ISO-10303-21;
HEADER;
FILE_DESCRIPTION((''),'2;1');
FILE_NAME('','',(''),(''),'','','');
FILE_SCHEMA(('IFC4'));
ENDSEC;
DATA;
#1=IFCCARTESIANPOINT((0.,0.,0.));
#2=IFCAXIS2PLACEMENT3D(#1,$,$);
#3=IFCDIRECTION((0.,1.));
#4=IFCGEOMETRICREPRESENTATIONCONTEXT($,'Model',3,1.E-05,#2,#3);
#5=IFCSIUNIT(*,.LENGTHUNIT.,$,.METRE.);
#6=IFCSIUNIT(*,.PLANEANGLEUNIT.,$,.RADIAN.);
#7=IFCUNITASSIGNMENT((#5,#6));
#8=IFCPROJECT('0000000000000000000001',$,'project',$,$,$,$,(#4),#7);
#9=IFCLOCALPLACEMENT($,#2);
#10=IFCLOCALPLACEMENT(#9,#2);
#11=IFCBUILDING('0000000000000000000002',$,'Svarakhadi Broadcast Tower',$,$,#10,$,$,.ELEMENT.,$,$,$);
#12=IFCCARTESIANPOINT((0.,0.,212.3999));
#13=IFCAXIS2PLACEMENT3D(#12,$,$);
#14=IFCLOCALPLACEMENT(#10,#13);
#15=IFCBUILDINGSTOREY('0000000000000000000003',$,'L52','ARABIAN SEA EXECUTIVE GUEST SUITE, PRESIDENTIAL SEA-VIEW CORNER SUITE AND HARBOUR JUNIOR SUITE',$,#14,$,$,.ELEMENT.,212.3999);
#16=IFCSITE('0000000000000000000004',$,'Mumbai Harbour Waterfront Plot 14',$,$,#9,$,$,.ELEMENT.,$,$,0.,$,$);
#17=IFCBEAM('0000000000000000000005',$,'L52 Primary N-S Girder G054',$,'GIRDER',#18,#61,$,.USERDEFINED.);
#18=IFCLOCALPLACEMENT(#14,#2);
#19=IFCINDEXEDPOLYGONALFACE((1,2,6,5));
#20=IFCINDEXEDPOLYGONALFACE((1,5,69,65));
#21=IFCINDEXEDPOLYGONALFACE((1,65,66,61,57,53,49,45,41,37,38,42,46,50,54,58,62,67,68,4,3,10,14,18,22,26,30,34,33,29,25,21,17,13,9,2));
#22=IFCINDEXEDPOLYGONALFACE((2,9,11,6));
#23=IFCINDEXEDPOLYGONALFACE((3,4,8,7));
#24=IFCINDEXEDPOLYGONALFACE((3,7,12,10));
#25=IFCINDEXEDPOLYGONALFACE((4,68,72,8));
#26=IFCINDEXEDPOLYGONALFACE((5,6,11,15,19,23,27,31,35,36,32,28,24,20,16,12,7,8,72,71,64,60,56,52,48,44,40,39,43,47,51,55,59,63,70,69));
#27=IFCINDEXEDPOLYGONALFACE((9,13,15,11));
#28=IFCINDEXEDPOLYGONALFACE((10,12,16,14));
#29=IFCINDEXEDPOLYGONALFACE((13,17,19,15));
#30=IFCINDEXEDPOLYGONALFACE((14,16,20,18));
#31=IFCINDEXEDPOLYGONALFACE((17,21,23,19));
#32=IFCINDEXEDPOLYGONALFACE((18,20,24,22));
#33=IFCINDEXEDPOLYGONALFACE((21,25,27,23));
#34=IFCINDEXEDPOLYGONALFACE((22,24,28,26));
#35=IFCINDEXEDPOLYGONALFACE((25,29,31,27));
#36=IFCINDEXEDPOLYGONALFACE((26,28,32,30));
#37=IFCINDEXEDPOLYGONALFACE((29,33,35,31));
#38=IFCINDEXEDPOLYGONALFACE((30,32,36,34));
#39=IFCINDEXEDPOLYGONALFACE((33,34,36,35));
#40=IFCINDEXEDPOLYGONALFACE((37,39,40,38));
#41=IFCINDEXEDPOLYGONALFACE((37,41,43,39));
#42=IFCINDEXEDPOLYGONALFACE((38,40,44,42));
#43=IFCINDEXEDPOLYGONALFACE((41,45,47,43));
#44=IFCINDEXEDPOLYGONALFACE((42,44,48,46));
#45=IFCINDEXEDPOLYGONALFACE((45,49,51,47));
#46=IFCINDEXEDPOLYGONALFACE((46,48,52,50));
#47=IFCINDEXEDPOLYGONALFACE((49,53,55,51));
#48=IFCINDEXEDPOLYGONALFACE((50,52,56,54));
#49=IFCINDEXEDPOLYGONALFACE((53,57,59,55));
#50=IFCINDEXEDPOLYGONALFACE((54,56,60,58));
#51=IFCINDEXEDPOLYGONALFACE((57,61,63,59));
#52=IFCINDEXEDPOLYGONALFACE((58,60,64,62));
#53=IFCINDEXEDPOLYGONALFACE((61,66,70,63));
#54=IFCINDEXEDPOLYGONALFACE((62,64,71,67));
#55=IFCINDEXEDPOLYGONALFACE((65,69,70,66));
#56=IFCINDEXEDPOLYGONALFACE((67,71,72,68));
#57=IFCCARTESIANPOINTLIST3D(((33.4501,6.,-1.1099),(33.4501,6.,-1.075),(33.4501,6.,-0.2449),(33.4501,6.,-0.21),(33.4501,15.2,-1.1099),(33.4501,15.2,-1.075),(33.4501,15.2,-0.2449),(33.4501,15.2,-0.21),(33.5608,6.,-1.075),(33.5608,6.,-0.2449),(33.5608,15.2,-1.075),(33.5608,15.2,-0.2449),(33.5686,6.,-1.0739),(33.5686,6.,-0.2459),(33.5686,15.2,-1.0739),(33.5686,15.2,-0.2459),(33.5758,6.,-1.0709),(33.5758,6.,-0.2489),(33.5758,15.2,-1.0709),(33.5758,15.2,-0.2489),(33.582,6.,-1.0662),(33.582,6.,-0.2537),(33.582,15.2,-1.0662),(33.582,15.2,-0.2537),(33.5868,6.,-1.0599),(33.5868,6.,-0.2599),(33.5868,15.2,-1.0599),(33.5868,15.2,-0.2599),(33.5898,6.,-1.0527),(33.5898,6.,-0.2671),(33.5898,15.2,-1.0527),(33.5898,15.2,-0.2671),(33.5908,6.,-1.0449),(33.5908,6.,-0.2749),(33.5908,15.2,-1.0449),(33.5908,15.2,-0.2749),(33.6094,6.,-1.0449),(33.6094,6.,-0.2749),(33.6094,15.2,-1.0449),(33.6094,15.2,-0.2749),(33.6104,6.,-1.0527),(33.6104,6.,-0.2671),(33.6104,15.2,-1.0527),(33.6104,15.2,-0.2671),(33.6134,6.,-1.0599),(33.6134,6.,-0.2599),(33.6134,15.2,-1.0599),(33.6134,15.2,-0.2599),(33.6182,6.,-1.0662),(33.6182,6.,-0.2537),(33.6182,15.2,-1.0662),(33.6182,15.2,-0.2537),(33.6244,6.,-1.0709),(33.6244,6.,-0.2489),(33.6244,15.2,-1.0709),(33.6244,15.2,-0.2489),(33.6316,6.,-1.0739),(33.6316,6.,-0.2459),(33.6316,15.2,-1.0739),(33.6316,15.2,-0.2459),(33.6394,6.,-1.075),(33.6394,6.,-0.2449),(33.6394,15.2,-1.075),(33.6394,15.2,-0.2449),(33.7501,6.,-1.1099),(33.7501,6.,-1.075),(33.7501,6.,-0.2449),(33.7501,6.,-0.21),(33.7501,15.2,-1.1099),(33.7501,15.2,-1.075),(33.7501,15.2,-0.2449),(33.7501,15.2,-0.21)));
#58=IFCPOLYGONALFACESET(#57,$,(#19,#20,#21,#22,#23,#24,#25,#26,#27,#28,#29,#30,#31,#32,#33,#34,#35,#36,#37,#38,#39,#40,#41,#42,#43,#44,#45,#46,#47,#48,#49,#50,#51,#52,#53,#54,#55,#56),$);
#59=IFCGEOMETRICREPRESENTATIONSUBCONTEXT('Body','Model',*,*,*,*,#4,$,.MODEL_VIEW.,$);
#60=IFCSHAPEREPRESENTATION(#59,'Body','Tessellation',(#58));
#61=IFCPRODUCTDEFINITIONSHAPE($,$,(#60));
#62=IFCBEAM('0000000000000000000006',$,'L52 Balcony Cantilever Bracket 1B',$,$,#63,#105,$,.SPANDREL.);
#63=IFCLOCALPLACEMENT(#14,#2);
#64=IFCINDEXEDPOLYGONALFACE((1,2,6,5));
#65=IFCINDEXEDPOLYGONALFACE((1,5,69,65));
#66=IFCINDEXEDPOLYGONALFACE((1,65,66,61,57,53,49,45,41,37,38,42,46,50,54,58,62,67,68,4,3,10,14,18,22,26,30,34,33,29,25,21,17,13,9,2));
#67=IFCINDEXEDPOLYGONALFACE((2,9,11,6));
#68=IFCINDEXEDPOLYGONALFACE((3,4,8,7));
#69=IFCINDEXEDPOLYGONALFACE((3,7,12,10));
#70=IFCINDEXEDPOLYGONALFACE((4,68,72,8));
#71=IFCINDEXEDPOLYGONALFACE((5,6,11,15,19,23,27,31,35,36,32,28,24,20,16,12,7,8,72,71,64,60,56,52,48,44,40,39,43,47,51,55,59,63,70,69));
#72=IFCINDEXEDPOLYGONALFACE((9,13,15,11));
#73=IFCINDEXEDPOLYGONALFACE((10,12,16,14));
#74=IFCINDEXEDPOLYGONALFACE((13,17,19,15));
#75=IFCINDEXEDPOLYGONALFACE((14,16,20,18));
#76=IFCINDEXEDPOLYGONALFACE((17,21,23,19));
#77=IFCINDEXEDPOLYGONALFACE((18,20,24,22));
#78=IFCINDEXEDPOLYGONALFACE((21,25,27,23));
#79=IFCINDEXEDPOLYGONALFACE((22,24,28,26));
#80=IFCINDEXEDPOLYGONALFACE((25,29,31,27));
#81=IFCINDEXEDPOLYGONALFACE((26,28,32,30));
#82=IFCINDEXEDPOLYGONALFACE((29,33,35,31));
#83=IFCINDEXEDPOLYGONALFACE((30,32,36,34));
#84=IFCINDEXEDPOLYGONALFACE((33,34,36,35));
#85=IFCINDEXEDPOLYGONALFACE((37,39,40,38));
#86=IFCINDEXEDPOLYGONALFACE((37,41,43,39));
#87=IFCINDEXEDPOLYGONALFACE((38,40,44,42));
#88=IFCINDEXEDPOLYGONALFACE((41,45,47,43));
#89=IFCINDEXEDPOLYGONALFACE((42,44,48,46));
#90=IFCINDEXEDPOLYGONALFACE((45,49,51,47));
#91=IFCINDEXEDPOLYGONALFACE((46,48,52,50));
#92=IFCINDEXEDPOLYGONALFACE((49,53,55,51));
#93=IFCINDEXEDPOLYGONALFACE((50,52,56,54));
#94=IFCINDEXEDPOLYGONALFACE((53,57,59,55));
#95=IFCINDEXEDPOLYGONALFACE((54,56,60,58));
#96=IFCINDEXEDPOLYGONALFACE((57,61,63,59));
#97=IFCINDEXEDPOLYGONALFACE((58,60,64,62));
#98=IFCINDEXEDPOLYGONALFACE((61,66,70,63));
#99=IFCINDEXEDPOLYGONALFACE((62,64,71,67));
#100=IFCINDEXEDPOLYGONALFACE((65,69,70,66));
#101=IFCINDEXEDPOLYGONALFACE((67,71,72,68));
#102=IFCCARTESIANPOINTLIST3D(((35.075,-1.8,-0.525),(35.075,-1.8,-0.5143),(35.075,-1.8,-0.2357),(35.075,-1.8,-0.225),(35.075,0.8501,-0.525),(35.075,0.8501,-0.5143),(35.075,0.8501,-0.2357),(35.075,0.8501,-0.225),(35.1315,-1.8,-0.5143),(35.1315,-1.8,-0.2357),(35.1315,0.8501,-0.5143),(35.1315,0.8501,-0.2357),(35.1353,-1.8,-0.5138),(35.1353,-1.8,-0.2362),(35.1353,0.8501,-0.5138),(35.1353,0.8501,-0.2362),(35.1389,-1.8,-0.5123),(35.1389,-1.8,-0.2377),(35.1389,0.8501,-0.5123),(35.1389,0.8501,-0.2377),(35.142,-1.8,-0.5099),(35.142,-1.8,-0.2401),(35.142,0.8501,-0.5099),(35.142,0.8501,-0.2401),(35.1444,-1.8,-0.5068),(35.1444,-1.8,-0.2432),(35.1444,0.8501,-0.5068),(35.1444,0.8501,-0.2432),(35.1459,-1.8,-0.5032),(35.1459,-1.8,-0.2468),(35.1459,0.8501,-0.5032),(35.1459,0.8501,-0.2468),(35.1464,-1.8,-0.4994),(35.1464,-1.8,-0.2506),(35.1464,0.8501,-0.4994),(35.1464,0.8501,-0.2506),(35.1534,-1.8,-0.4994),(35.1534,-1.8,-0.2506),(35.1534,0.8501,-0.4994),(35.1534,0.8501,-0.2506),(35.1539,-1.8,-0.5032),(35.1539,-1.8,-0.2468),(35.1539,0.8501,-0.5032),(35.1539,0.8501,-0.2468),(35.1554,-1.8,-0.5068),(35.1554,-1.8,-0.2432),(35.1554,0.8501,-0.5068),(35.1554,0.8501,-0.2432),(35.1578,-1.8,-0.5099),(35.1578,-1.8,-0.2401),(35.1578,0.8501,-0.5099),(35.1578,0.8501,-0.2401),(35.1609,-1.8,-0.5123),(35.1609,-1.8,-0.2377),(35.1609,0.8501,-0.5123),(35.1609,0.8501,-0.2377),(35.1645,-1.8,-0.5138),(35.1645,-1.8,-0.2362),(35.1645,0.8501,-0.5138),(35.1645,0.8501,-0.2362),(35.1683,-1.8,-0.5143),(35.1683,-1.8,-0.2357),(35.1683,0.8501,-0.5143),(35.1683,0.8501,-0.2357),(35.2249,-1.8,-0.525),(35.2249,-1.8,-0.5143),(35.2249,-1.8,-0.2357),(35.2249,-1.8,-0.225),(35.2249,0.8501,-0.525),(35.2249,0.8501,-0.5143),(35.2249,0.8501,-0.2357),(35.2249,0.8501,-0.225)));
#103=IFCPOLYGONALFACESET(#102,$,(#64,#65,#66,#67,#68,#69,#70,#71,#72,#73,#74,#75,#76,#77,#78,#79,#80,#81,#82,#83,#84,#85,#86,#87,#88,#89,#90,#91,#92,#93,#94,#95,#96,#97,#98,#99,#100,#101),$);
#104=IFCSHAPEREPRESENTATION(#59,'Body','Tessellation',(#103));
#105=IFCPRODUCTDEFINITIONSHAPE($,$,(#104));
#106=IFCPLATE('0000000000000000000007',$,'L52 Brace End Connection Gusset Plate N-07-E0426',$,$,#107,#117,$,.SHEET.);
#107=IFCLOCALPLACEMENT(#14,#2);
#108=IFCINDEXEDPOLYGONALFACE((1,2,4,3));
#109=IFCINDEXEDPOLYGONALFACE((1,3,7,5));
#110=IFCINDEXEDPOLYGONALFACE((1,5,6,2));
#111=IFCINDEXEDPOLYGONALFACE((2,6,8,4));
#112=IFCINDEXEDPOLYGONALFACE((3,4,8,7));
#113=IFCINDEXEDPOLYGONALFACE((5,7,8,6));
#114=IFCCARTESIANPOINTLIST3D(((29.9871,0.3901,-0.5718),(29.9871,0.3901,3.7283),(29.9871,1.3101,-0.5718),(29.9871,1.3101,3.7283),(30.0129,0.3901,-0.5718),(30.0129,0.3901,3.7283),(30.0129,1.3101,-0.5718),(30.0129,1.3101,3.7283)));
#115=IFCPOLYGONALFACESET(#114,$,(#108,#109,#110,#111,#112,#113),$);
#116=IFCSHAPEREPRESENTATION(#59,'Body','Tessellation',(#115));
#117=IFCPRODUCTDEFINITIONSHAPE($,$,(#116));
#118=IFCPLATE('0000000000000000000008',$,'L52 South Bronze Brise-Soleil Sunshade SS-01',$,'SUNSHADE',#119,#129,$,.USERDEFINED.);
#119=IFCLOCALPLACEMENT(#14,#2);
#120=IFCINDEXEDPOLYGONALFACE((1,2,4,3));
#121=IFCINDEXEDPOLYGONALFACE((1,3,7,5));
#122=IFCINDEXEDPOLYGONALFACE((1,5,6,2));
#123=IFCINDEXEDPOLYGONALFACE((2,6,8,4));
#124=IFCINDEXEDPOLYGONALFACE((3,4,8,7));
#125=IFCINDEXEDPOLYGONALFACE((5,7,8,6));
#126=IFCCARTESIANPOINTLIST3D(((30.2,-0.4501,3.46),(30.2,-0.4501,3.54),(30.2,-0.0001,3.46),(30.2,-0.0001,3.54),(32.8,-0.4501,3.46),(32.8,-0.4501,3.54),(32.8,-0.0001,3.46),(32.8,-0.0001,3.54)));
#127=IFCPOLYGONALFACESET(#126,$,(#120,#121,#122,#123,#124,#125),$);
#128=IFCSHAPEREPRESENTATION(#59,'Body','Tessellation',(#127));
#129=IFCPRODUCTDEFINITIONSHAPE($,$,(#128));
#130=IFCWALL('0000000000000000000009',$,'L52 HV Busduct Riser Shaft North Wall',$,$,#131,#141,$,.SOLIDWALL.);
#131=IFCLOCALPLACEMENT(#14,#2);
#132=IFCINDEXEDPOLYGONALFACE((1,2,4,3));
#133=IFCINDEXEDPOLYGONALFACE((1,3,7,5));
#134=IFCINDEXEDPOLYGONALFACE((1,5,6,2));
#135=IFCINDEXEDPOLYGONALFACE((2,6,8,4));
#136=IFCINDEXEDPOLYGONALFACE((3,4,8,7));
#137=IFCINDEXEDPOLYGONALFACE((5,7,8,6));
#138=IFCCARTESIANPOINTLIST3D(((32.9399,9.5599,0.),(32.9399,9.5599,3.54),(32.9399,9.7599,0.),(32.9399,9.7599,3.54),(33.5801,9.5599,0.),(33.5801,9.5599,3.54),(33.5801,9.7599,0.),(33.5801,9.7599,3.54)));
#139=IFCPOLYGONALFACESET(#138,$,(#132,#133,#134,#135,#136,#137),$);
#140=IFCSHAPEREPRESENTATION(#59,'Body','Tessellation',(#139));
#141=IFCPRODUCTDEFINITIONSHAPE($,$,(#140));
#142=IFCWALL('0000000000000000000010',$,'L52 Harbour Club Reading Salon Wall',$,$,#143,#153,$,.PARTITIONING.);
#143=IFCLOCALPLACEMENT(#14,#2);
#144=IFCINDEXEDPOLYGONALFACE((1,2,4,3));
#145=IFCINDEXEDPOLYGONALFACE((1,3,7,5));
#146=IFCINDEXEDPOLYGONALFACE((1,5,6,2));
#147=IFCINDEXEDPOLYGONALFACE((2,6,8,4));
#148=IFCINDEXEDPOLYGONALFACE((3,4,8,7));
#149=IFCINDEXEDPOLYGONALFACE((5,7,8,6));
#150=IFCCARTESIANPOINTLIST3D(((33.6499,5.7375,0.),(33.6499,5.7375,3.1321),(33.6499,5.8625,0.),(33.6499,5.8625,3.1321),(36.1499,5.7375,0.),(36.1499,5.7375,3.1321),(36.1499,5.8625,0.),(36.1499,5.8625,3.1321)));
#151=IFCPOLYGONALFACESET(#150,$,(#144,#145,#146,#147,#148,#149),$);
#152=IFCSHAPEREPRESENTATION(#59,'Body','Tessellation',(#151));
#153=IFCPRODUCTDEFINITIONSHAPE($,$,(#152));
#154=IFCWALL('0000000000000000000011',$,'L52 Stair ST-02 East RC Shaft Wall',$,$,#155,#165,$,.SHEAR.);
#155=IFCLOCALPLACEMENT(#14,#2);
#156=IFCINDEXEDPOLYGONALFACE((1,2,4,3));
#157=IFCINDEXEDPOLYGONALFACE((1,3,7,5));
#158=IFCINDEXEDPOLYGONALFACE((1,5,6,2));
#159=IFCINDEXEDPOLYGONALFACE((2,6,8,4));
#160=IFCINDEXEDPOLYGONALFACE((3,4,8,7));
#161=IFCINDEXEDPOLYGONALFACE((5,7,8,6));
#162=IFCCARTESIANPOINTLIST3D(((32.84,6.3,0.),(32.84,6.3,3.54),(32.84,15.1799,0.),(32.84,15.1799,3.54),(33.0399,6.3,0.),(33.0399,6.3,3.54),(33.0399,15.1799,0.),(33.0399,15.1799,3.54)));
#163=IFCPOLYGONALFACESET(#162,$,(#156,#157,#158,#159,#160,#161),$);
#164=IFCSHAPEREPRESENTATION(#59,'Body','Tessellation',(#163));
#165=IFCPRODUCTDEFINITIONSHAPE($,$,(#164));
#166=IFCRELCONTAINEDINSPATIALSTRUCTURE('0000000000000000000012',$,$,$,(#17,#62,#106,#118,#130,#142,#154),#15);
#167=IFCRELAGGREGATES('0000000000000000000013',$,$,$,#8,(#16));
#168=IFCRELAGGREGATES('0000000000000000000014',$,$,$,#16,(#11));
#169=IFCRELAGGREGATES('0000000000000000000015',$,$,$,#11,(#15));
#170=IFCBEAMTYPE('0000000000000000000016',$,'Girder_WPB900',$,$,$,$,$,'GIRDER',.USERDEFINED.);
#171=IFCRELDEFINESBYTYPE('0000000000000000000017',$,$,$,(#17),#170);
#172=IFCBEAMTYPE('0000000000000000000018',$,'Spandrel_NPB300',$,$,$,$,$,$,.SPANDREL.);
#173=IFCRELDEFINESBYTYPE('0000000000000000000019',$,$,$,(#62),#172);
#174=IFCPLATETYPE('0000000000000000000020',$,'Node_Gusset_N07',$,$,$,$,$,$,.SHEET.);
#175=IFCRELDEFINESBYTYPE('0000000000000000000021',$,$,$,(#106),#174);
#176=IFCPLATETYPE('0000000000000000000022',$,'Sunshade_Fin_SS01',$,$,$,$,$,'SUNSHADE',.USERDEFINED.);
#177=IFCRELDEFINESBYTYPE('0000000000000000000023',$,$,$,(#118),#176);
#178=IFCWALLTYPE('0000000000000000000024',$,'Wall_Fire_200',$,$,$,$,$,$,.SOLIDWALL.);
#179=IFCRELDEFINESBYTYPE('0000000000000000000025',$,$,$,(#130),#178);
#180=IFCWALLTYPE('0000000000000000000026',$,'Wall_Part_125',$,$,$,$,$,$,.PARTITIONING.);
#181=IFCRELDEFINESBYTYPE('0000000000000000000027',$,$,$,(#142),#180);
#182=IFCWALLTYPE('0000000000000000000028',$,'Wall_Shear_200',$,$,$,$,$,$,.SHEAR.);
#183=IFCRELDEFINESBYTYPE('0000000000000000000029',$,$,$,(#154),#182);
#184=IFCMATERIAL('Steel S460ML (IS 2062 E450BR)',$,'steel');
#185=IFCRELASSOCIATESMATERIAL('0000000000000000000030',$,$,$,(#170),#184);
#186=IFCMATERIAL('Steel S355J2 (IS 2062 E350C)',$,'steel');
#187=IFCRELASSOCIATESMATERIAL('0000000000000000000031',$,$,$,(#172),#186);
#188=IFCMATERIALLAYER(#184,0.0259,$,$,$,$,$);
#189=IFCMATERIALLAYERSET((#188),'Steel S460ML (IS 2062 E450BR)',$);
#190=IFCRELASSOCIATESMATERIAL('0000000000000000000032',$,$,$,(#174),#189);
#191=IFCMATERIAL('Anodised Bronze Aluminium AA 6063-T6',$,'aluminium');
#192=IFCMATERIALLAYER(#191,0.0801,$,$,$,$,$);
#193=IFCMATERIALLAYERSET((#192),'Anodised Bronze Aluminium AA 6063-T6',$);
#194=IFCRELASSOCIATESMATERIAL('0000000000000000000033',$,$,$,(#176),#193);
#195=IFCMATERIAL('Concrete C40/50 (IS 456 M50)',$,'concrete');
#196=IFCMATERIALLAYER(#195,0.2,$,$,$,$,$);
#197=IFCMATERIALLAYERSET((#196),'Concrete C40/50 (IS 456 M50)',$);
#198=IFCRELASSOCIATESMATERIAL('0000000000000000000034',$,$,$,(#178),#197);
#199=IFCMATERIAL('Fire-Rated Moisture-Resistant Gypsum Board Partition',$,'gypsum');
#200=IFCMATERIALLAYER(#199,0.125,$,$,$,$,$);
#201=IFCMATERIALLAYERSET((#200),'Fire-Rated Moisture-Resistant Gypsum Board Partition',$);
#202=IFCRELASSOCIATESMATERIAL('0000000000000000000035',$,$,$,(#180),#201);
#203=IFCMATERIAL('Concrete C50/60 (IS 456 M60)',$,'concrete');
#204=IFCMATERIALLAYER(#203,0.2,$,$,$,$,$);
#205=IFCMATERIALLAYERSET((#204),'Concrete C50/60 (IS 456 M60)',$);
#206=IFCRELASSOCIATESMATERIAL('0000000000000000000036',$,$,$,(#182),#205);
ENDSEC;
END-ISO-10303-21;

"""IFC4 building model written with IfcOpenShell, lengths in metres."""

from ifc_helpers import new_model, si_unit, direction, frame, frame_2d, origin, origin_2d, place, context, subcontext, project, spatial, rectangle, i_section, extrude, material, layer, layer_set, material_profile, profile_set, type_object, element, save


model = new_model("IFC4")

# Units and contexts
model_context = context("Model", 3, precision=1e-05, world=origin(), true_north=direction((0.0, 1.0)))
body_context = subcontext(model_context, "Body", "Model", "MODEL_VIEW")
ifc_project = project(units=[si_unit("LENGTHUNIT", "METRE"), si_unit("PLANEANGLEUNIT", "RADIAN")], contexts=[model_context])

# Site, building, storey
site_placement = place(None, origin())
site = spatial("IfcSite", under=ifc_project, at=site_placement, Name="Mumbai Harbour Waterfront Plot 14", CompositionType="ELEMENT", RefElevation=0.0)
building_placement = place(site_placement, origin())
building = spatial("IfcBuilding", under=site, at=building_placement, Name="Svarakhadi Broadcast Tower", CompositionType="ELEMENT")
storey_placement = place(building_placement, frame((0.0, 0.0, 212.3999)))
storey = spatial("IfcBuildingStorey", under=building, at=storey_placement, Name="L52", Description="ARABIAN SEA EXECUTIVE GUEST SUITE, PRESIDENTIAL SEA-VIEW CORNER SUITE AND HARBOUR JUNIOR SUITE", CompositionType="ELEMENT", Elevation=212.3999)

# Shared definitions
ifc_material_1 = material(Name="Concrete C50/60 (IS 456 M60)", Category="concrete")
ifc_material_2 = material(Name="Steel S460ML (IS 2062 E450BR)", Category="steel")

# Beams
ifc_material_3 = material(Name="Steel S355J2 (IS 2062 E350C)", Category="steel")
ifc_material_profile_1 = material_profile(ifc_material_2, i_section(OverallWidth=0.3, OverallDepth=0.8999, WebThickness=0.0186, FlangeThickness=0.0349, FilletRadius=0.03, at=origin_2d()), Name="WPB 900x300x291")
ifc_profile_set_1 = profile_set([ifc_material_profile_1], Name="Steel S460ML (IS 2062 E450BR)")
beam_type_1 = type_object("IfcBeamType", Name="Girder_WPB900", ElementType="GIRDER", PredefinedType="USERDEFINED", material=ifc_profile_set_1)
beam_1_placement = place(storey_placement, frame((33.6001, 6.0, -0.6599), z_axis=(0.0, 1.0, 0.0), x_axis=(-1.0, 0.0, 0.0)))
element("IfcBeam", 1, at=beam_1_placement, inside=storey, type_object=beam_type_1, Name="L52 Primary N-S Girder G054", ObjectType="GIRDER", PredefinedType="USERDEFINED", context=body_context, shape_type="SweptSolid", body=[
    extrude(i_section(OverallWidth=0.3, OverallDepth=0.8999, WebThickness=0.0186, FlangeThickness=0.0349, FilletRadius=0.03, at=origin_2d()), origin(), (0.0, 0.0, 1.0), 9.2),
])
ifc_material_profile_2 = material_profile(ifc_material_3, i_section(OverallWidth=0.1499, OverallDepth=0.3, WebThickness=0.0071, FlangeThickness=0.0107, FilletRadius=0.0149, at=origin_2d()), Name="NPB 300x150x37")
ifc_profile_set_2 = profile_set([ifc_material_profile_2], Name="Steel S355J2 (IS 2062 E350C)")
beam_type_2 = type_object("IfcBeamType", Name="Spandrel_NPB300", PredefinedType="SPANDREL", material=ifc_profile_set_2)
beam_2_placement = place(storey_placement, frame((35.1499, 0.8501, -0.375), z_axis=(0.0, -1.0, 0.0), x_axis=(1.0, 0.0, 0.0)))
element("IfcBeam", 2, at=beam_2_placement, inside=storey, type_object=beam_type_2, Name="L52 Balcony Cantilever Bracket 1B", PredefinedType="SPANDREL", context=body_context, shape_type="SweptSolid", body=[
    extrude(i_section(OverallWidth=0.1499, OverallDepth=0.3, WebThickness=0.0071, FlangeThickness=0.0107, FilletRadius=0.0149, at=origin_2d()), origin(), (0.0, 0.0, 1.0), 2.6501),
])

# Plates
ifc_layer_1 = layer(ifc_material_2, 0.0259)
ifc_layer_set_1 = layer_set([ifc_layer_1], Name="Steel S460ML (IS 2062 E450BR)")
plate_type_1 = type_object("IfcPlateType", Name="Node_Gusset_N07", PredefinedType="SHEET", material=ifc_layer_set_1)
plate_1_placement = place(storey_placement, frame((30.0, 0.8501, -0.5718), z_axis=(0.0, 0.0, 1.0), x_axis=(0.0, 1.0, 0.0)))
element("IfcPlate", 3, at=plate_1_placement, inside=storey, type_object=plate_type_1, Name="L52 Brace End Connection Gusset Plate N-07-E0426", PredefinedType="SHEET", context=body_context, shape_type="SweptSolid", body=[
    extrude(rectangle(XDim=0.9199, YDim=0.0259, at=origin_2d()), origin(), (0.0, 0.0, 1.0), 4.3),
])
ifc_material_4 = material(Name="Anodised Bronze Aluminium AA 6063-T6", Category="aluminium")
ifc_layer_2 = layer(ifc_material_4, 0.0801)
ifc_layer_set_2 = layer_set([ifc_layer_2], Name="Anodised Bronze Aluminium AA 6063-T6")
plate_type_2 = type_object("IfcPlateType", Name="Sunshade_Fin_SS01", ElementType="SUNSHADE", PredefinedType="USERDEFINED", material=ifc_layer_set_2)
plate_2_placement = place(storey_placement, frame((31.5, -0.2251, 3.46), z_axis=(0.0, 0.0, 1.0), x_axis=(1.0, 0.0, 0.0)))
element("IfcPlate", 4, at=plate_2_placement, inside=storey, type_object=plate_type_2, Name="L52 South Bronze Brise-Soleil Sunshade SS-01", ObjectType="SUNSHADE", PredefinedType="USERDEFINED", context=body_context, shape_type="SweptSolid", body=[
    extrude(rectangle(XDim=2.6001, YDim=0.45, at=origin_2d()), origin(), (0.0, 0.0, 1.0), 0.0801),
])

# Walls
ifc_material_5 = material(Name="Concrete C40/50 (IS 456 M50)", Category="concrete")
ifc_layer_3 = layer(ifc_material_5, 0.2)
ifc_layer_set_3 = layer_set([ifc_layer_3], Name="Concrete C40/50 (IS 456 M50)")
wall_type_1 = type_object("IfcWallType", Name="Wall_Fire_200", PredefinedType="SOLIDWALL", material=ifc_layer_set_3)
wall_1_placement = place(storey_placement, frame((32.9399, 9.6599, 0.0), z_axis=(0.0, 0.0, 1.0), x_axis=(1.0, 0.0, 0.0)))
element("IfcWall", 5, at=wall_1_placement, inside=storey, type_object=wall_type_1, Name="L52 HV Busduct Riser Shaft North Wall", PredefinedType="SOLIDWALL", context=body_context, shape_type="SweptSolid", body=[
    extrude(rectangle(XDim=0.6401, YDim=0.2, at=frame_2d((0.3201, 0.0))), origin(), (0.0, 0.0, 1.0), 3.54),
])
ifc_material_6 = material(Name="Fire-Rated Moisture-Resistant Gypsum Board Partition", Category="gypsum")
ifc_layer_4 = layer(ifc_material_6, 0.125)
ifc_layer_set_4 = layer_set([ifc_layer_4], Name="Fire-Rated Moisture-Resistant Gypsum Board Partition")
wall_type_2 = type_object("IfcWallType", Name="Wall_Part_125", PredefinedType="PARTITIONING", material=ifc_layer_set_4)
wall_2_placement = place(storey_placement, frame((33.6499, 5.8, 0.0), z_axis=(0.0, 0.0, 1.0), x_axis=(1.0, 0.0, 0.0)))
element("IfcWall", 6, at=wall_2_placement, inside=storey, type_object=wall_type_2, Name="L52 Harbour Club Reading Salon Wall", PredefinedType="PARTITIONING", context=body_context, shape_type="SweptSolid", body=[
    extrude(rectangle(XDim=2.5, YDim=0.125, at=frame_2d((1.25, 0.0))), origin(), (0.0, 0.0, 1.0), 3.1321),
])
ifc_layer_5 = layer(ifc_material_1, 0.2)
ifc_layer_set_5 = layer_set([ifc_layer_5], Name="Concrete C50/60 (IS 456 M60)")
wall_type_3 = type_object("IfcWallType", Name="Wall_Shear_200", PredefinedType="SHEAR", material=ifc_layer_set_5)
wall_3_placement = place(storey_placement, frame((32.9399, 6.3, 0.0), z_axis=(0.0, 0.0, 1.0), x_axis=(0.0, 1.0, 0.0)))
element("IfcWall", 7, at=wall_3_placement, inside=storey, type_object=wall_type_3, Name="L52 Stair ST-02 East RC Shaft Wall", PredefinedType="SHEAR", context=body_context, shape_type="SweptSolid", body=[
    extrude(rectangle(XDim=8.8799, YDim=0.2, at=frame_2d((4.4399, 0.0))), origin(), (0.0, 0.0, 1.0), 3.54),
])

save(model, "model.ifc")
